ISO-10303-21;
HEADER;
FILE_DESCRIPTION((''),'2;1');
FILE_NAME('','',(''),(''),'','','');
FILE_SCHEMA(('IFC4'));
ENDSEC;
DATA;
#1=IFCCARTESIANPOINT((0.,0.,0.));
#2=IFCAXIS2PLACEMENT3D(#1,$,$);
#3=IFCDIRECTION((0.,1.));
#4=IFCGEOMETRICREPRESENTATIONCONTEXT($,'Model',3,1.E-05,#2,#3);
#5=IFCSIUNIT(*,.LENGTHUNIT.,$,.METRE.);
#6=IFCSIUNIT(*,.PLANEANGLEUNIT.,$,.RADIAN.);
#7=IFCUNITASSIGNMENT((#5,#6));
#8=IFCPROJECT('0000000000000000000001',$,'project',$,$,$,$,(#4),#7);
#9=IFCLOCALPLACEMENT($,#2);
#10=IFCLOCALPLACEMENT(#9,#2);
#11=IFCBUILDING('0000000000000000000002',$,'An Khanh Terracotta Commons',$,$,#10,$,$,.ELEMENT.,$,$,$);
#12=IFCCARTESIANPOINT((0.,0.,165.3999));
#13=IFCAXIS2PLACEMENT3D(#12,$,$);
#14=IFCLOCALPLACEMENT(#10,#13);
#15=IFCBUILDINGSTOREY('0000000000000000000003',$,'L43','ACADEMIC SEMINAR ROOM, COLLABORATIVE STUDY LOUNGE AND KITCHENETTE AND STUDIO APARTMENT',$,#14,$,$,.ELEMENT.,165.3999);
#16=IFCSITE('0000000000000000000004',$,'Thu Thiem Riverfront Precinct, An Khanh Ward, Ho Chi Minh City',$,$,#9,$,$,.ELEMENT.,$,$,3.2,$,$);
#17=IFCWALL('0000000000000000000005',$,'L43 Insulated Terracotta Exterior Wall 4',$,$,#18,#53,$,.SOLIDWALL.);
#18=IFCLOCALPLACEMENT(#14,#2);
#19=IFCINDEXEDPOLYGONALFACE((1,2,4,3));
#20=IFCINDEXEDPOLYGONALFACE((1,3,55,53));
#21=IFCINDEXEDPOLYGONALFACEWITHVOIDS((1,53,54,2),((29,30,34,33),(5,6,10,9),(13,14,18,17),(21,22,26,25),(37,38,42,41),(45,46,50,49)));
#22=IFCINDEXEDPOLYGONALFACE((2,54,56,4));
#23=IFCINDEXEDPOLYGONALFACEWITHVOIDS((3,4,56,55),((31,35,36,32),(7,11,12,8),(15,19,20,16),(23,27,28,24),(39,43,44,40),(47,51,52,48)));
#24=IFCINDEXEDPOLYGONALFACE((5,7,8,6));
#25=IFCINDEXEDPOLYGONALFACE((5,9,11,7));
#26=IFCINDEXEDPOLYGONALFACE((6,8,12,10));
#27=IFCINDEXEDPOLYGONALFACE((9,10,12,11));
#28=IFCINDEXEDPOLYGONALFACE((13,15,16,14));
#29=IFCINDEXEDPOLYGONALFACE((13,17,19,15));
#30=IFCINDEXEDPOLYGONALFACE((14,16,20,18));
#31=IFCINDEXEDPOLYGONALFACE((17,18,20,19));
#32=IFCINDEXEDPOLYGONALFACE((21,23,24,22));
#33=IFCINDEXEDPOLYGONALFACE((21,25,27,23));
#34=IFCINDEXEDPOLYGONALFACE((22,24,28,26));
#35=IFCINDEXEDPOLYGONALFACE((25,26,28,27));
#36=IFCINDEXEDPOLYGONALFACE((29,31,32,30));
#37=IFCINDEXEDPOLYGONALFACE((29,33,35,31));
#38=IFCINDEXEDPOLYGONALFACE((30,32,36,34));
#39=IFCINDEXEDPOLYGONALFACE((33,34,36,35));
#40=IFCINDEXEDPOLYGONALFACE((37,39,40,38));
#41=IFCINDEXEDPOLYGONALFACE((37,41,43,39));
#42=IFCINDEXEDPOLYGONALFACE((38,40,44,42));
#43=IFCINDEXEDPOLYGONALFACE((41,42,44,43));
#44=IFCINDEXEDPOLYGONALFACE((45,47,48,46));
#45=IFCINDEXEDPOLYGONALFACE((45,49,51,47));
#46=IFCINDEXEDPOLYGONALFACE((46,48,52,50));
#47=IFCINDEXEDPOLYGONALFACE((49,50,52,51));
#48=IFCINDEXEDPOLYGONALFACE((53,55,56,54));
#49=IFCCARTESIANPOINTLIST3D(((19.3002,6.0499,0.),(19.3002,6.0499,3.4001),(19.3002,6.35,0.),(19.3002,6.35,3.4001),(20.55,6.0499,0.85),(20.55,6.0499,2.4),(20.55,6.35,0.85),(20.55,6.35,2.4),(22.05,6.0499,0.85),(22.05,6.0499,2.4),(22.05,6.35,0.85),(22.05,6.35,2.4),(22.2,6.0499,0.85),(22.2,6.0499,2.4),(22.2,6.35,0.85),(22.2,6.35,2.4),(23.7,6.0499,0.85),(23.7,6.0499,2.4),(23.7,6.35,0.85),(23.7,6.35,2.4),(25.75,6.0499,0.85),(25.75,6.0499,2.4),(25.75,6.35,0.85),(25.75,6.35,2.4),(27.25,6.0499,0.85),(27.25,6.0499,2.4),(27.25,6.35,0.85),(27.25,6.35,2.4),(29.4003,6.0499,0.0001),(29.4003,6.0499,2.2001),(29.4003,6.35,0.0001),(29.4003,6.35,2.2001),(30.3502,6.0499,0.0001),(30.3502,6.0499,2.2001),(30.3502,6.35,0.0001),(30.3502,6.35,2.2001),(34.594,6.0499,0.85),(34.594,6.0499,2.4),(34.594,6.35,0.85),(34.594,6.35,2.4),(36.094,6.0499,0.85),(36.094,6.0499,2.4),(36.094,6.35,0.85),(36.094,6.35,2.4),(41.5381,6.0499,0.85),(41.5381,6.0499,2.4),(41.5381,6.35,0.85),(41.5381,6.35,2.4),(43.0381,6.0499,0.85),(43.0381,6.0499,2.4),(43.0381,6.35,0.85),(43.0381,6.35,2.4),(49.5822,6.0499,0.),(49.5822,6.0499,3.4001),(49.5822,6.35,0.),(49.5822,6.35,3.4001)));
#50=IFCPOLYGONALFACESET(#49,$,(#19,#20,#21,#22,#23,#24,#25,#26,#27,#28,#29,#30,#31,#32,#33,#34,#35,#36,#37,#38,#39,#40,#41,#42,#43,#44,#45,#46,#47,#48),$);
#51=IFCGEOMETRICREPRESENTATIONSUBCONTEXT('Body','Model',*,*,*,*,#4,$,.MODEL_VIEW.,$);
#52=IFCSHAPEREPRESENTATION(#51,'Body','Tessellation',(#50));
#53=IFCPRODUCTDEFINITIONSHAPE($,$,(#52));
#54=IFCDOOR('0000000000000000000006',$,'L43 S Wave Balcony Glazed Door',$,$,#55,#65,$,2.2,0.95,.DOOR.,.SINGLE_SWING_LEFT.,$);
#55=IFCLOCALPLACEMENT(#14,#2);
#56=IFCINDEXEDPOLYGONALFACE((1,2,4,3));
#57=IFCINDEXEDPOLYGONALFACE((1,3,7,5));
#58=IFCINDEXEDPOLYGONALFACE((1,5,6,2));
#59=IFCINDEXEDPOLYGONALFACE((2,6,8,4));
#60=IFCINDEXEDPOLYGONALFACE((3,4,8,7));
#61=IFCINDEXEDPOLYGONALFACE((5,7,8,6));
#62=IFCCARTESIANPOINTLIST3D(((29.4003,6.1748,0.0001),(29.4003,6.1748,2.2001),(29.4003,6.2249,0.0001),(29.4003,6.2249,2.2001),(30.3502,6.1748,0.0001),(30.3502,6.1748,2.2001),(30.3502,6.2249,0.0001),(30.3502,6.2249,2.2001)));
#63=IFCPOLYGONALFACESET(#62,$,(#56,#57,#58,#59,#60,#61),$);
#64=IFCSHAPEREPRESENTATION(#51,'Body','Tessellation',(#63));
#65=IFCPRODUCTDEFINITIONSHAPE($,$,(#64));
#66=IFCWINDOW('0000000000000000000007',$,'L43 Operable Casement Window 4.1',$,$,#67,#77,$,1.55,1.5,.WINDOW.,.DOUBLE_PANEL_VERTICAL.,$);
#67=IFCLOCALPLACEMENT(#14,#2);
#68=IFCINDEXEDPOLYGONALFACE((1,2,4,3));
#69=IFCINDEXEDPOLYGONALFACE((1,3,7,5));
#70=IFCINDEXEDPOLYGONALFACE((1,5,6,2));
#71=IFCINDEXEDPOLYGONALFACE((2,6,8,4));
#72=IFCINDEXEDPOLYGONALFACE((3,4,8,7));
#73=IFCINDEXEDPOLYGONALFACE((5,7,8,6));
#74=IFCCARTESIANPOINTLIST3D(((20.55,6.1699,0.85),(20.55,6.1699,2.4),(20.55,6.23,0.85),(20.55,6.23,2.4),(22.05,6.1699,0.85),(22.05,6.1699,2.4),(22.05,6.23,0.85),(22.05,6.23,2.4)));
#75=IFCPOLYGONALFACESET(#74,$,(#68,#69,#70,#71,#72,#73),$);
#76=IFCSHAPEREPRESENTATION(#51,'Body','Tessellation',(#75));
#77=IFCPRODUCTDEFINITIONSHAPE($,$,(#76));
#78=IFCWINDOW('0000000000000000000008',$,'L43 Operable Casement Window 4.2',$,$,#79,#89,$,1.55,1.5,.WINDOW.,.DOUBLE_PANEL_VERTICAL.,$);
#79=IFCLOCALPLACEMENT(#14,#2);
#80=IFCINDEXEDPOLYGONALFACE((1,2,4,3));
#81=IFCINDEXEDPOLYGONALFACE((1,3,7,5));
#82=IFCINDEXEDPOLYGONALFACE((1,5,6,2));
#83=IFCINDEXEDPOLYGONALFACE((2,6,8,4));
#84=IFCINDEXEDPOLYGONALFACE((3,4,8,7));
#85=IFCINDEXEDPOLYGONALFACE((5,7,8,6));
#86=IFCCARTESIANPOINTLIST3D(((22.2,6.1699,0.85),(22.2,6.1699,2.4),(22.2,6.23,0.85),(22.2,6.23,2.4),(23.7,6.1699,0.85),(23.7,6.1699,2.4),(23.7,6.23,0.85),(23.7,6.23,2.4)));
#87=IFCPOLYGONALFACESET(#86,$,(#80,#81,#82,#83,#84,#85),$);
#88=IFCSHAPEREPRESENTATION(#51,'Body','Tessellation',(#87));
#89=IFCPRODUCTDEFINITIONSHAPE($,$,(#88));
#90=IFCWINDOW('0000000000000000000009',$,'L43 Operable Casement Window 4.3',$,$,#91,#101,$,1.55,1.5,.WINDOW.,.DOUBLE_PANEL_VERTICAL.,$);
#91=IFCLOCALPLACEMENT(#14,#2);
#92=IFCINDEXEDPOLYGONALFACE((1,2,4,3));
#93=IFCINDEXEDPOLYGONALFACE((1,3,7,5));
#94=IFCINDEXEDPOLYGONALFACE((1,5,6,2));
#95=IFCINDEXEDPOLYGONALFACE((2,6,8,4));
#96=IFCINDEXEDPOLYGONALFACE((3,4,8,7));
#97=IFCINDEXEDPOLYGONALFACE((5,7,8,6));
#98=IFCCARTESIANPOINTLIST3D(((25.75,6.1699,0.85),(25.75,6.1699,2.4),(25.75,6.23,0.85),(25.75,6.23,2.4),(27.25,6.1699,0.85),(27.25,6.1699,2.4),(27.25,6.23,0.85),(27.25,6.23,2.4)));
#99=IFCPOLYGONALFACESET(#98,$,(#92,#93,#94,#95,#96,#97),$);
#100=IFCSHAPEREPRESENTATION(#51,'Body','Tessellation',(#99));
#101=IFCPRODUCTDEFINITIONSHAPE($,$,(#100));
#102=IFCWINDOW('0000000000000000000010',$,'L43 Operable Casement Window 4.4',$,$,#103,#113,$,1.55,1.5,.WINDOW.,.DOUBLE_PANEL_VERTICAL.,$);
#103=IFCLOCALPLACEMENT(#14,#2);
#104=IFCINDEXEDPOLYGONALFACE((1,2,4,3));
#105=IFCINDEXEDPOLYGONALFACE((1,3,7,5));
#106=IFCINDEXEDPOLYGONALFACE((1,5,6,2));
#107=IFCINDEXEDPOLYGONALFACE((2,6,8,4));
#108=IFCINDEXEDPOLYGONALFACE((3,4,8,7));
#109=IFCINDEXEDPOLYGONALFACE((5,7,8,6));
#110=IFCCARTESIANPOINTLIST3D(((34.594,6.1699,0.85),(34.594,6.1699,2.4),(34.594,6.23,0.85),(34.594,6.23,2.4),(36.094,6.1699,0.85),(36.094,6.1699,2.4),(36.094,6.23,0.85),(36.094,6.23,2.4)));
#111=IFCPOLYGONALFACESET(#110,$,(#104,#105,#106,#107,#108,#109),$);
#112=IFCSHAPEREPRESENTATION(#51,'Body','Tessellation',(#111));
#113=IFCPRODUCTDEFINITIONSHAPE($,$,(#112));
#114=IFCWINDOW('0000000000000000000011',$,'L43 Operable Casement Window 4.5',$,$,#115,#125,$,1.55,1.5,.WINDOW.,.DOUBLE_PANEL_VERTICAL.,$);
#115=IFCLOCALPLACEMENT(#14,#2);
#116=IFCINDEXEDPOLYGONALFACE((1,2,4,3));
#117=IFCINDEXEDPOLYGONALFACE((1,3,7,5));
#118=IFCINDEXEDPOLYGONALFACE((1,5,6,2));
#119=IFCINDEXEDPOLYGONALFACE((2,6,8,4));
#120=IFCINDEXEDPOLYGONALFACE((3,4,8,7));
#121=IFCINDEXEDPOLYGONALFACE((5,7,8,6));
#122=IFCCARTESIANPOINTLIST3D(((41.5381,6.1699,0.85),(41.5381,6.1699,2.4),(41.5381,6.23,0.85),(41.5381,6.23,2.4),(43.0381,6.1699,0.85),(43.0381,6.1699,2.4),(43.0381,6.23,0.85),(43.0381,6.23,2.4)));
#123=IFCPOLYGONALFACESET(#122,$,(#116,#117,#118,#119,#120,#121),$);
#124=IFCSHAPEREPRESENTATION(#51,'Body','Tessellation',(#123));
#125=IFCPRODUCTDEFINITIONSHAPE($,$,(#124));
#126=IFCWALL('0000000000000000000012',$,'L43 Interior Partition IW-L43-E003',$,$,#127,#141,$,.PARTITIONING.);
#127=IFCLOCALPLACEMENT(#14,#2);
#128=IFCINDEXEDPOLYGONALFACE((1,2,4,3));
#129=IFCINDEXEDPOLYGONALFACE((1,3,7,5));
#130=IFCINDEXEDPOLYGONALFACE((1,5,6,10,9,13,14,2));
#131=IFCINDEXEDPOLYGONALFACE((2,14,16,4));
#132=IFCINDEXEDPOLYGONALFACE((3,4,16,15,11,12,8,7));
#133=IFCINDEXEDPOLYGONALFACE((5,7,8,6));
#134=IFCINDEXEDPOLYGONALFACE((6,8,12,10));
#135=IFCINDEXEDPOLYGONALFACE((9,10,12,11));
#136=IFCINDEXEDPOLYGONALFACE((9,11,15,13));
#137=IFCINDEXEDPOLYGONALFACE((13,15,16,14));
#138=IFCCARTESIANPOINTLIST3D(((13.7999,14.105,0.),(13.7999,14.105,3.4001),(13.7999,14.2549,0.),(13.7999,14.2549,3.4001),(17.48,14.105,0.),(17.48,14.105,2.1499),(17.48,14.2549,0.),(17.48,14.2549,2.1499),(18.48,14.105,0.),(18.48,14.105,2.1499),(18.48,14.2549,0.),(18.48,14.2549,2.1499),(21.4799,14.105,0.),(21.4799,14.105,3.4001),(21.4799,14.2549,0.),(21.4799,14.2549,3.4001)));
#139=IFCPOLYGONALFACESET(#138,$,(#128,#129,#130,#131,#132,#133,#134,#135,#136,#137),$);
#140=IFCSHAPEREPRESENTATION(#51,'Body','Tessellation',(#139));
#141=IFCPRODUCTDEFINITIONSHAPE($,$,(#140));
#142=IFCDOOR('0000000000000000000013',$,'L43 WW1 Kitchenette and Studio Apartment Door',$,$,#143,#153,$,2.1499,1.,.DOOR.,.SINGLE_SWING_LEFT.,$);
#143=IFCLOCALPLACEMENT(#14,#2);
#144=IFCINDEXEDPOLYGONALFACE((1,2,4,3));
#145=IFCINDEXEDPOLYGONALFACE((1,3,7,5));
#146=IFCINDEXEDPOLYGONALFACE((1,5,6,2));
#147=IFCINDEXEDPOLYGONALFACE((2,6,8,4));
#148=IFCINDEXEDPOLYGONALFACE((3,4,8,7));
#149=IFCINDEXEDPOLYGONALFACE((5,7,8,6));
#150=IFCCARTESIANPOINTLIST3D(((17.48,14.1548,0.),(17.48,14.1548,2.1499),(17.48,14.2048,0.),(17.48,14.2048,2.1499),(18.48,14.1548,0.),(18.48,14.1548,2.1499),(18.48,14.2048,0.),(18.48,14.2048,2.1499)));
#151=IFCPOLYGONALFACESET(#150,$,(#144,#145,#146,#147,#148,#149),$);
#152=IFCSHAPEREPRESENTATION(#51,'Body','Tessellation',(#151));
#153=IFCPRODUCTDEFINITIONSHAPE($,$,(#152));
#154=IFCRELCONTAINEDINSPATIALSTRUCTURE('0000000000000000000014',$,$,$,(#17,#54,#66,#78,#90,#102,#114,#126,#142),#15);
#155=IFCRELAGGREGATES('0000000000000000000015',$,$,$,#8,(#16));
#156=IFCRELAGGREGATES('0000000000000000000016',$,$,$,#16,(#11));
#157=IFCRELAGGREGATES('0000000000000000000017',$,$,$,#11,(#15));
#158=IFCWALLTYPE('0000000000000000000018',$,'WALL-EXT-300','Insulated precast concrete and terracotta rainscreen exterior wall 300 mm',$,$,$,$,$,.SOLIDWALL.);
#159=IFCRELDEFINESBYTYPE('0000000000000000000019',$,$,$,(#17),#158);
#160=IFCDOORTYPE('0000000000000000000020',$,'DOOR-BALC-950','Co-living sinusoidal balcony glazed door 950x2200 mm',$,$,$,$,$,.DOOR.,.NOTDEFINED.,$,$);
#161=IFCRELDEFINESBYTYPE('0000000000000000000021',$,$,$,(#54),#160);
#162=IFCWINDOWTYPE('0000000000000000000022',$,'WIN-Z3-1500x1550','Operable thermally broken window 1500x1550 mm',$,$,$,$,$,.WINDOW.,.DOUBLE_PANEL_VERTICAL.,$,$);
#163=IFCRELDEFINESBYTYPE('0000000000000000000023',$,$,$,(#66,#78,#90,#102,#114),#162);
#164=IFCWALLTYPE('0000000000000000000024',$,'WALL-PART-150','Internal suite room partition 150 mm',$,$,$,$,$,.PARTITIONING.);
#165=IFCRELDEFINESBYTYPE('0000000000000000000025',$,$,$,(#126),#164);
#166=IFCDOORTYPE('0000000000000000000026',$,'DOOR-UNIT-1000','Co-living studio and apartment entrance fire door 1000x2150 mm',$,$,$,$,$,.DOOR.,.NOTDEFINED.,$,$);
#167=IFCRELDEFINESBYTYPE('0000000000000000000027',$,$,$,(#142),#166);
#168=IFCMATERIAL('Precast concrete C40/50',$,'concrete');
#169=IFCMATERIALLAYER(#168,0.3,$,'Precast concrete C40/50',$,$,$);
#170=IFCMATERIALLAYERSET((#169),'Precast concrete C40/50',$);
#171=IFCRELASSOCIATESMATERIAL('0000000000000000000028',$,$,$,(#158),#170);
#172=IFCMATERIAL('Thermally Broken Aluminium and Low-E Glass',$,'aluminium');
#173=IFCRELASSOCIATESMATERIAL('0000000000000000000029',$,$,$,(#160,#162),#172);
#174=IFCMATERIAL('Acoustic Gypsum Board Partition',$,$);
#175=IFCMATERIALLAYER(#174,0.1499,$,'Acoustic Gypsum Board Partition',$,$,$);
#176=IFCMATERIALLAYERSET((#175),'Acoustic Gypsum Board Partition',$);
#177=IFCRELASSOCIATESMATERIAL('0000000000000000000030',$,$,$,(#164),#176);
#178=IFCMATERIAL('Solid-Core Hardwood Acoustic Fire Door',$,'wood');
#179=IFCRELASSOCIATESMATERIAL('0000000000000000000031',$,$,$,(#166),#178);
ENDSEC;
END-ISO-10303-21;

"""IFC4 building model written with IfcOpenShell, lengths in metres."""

from ifc_helpers import new_model, si_unit, direction, frame, frame_2d, origin, place, context, subcontext, project, spatial, rectangle, extrude, material, layer, layer_set, type_object, element, fill, save


model = new_model("IFC4")

# Units and contexts
model_context = context("Model", 3, precision=1e-05, world=origin(), true_north=direction((0.0, 1.0)))
body_context = subcontext(model_context, "Body", "Model", "MODEL_VIEW")
ifc_project = project(units=[si_unit("LENGTHUNIT", "METRE"), si_unit("PLANEANGLEUNIT", "RADIAN")], contexts=[model_context])

# Site, building, storey
site_placement = place(None, origin())
site = spatial("IfcSite", under=ifc_project, at=site_placement, Name="Thu Thiem Riverfront Precinct, An Khanh Ward, Ho Chi Minh City", CompositionType="ELEMENT", RefElevation=3.2)
building_placement = place(site_placement, origin())
building = spatial("IfcBuilding", under=site, at=building_placement, Name="An Khanh Terracotta Commons", CompositionType="ELEMENT")
storey_placement = place(building_placement, frame((0.0, 0.0, 165.3999)))
storey = spatial("IfcBuildingStorey", under=building, at=storey_placement, Name="L43", Description="ACADEMIC SEMINAR ROOM, COLLABORATIVE STUDY LOUNGE AND KITCHENETTE AND STUDIO APARTMENT", CompositionType="ELEMENT", Elevation=165.3999)

# Shared definitions
ifc_material_1 = material(Name="Precast concrete C40/50", Category="concrete")
ifc_layer_1 = layer(ifc_material_1, 0.3, Name="Precast concrete C40/50")
ifc_layer_set_1 = layer_set([ifc_layer_1], Name="Precast concrete C40/50")
wall_type_1 = type_object("IfcWallType", Name="WALL-EXT-300", Description="Insulated precast concrete and terracotta rainscreen exterior wall 300 mm", PredefinedType="SOLIDWALL", material=ifc_layer_set_1)

# Wall, openings, door, windows
wall_1_placement = place(storey_placement, frame((19.3, 6.2, 0.0), z_axis=(0.0, 0.0, 1.0), x_axis=(1.0, 0.0, 0.0)))
wall_1 = element("IfcWall", 1, at=wall_1_placement, inside=storey, type_object=wall_type_1, Name="L43 Insulated Terracotta Exterior Wall 4", PredefinedType="SOLIDWALL", context=body_context, shape_type="SweptSolid", body=[
    extrude(rectangle(XDim=30.282, YDim=0.3, at=frame_2d((15.1411, 0.0))), origin(), (0.0, 0.0, 1.0), 3.4001),
])
opening_1_placement = place(wall_1_placement, frame((10.1001, 0.0, 0.0)))
opening_1 = element("IfcOpeningElement", 2, at=opening_1_placement, cuts=wall_1, PredefinedType="OPENING", context=body_context, shape_type="SweptSolid", body=[
    extrude(rectangle(XDim=0.95, YDim=2.2, at=frame_2d((0.4751, 1.1001))), frame((0.0, 0.1599, 0.0), z_axis=(0.0, -1.0, 0.0), x_axis=(1.0, 0.0, 0.0)), (0.0, 0.0, 1.0), 0.3201),
])
opening_2_placement = place(wall_1_placement, frame((1.25, 0.0, 0.8501)))
opening_2 = element("IfcOpeningElement", 3, at=opening_2_placement, cuts=wall_1, PredefinedType="OPENING", context=body_context, shape_type="SweptSolid", body=[
    extrude(rectangle(XDim=1.5, YDim=1.55, at=frame_2d((0.75, 0.7749))), frame((0.0, 0.1599, 0.0), z_axis=(0.0, -1.0, 0.0), x_axis=(1.0, 0.0, 0.0)), (0.0, 0.0, 1.0), 0.3201),
])
opening_3_placement = place(wall_1_placement, frame((2.8999, 0.0, 0.8501)))
opening_3 = element("IfcOpeningElement", 4, at=opening_3_placement, cuts=wall_1, PredefinedType="OPENING", context=body_context, shape_type="SweptSolid", body=[
    extrude(rectangle(XDim=1.5, YDim=1.55, at=frame_2d((0.75, 0.7749))), frame((0.0, 0.1599, 0.0), z_axis=(0.0, -1.0, 0.0), x_axis=(1.0, 0.0, 0.0)), (0.0, 0.0, 1.0), 0.3201),
])
opening_4_placement = place(wall_1_placement, frame((6.45, 0.0, 0.8501)))
opening_4 = element("IfcOpeningElement", 5, at=opening_4_placement, cuts=wall_1, PredefinedType="OPENING", context=body_context, shape_type="SweptSolid", body=[
    extrude(rectangle(XDim=1.5, YDim=1.55, at=frame_2d((0.75, 0.7749))), frame((0.0, 0.1599, 0.0), z_axis=(0.0, -1.0, 0.0), x_axis=(1.0, 0.0, 0.0)), (0.0, 0.0, 1.0), 0.3201),
])
opening_5_placement = place(wall_1_placement, frame((15.2939, 0.0, 0.8501)))
opening_5 = element("IfcOpeningElement", 6, at=opening_5_placement, cuts=wall_1, PredefinedType="OPENING", context=body_context, shape_type="SweptSolid", body=[
    extrude(rectangle(XDim=1.5, YDim=1.55, at=frame_2d((0.75, 0.7749))), frame((0.0, 0.1599, 0.0), z_axis=(0.0, -1.0, 0.0), x_axis=(1.0, 0.0, 0.0)), (0.0, 0.0, 1.0), 0.3201),
])
opening_6_placement = place(wall_1_placement, frame((22.238, 0.0, 0.8501)))
opening_6 = element("IfcOpeningElement", 7, at=opening_6_placement, cuts=wall_1, PredefinedType="OPENING", context=body_context, shape_type="SweptSolid", body=[
    extrude(rectangle(XDim=1.5, YDim=1.55, at=frame_2d((0.75, 0.7749))), frame((0.0, 0.1599, 0.0), z_axis=(0.0, -1.0, 0.0), x_axis=(1.0, 0.0, 0.0)), (0.0, 0.0, 1.0), 0.3201),
])
ifc_material_2 = material(Name="Thermally Broken Aluminium and Low-E Glass", Category="aluminium")
door_type_1 = type_object("IfcDoorType", Name="DOOR-BALC-950", Description="Co-living sinusoidal balcony glazed door 950x2200 mm", OperationType="NOTDEFINED", PredefinedType="DOOR", material=ifc_material_2)
door_1_placement = place(opening_1_placement, origin())
door_1 = element("IfcDoor", 8, at=door_1_placement, inside=storey, type_object=door_type_1, Name="L43 S Wave Balcony Glazed Door", OperationType="SINGLE_SWING_LEFT", OverallHeight=2.2, OverallWidth=0.95, PredefinedType="DOOR", context=body_context, shape_type="SweptSolid", body=[
    extrude(rectangle(XDim=0.95, YDim=2.2, at=frame_2d((0.4751, 1.1001))), frame((0.0, 0.0249, 0.0), z_axis=(0.0, -1.0, 0.0), x_axis=(1.0, 0.0, 0.0)), (0.0, 0.0, 1.0), 0.05),
])
fill(opening_1, door_1)
window_type = type_object("IfcWindowType", Name="WIN-Z3-1500x1550", Description="Operable thermally broken window 1500x1550 mm", PartitioningType="DOUBLE_PANEL_VERTICAL", PredefinedType="WINDOW", material=ifc_material_2)
window_1_placement = place(opening_2_placement, origin())
window_1 = element("IfcWindow", 9, at=window_1_placement, inside=storey, type_object=window_type, Name="L43 Operable Casement Window 4.1", OverallHeight=1.55, OverallWidth=1.5, PartitioningType="DOUBLE_PANEL_VERTICAL", PredefinedType="WINDOW", context=body_context, shape_type="SweptSolid", body=[
    extrude(rectangle(XDim=1.5, YDim=1.55, at=frame_2d((0.75, 0.7749))), frame((0.0, 0.03, 0.0), z_axis=(0.0, -1.0, 0.0), x_axis=(1.0, 0.0, 0.0)), (0.0, 0.0, 1.0), 0.0601),
])
fill(opening_2, window_1)
window_2_placement = place(opening_3_placement, origin())
window_2 = element("IfcWindow", 10, at=window_2_placement, inside=storey, type_object=window_type, Name="L43 Operable Casement Window 4.2", OverallHeight=1.55, OverallWidth=1.5, PartitioningType="DOUBLE_PANEL_VERTICAL", PredefinedType="WINDOW", context=body_context, shape_type="SweptSolid", body=[
    extrude(rectangle(XDim=1.5, YDim=1.55, at=frame_2d((0.75, 0.7749))), frame((0.0, 0.03, 0.0), z_axis=(0.0, -1.0, 0.0), x_axis=(1.0, 0.0, 0.0)), (0.0, 0.0, 1.0), 0.0601),
])
fill(opening_3, window_2)
window_3_placement = place(opening_4_placement, origin())
window_3 = element("IfcWindow", 11, at=window_3_placement, inside=storey, type_object=window_type, Name="L43 Operable Casement Window 4.3", OverallHeight=1.55, OverallWidth=1.5, PartitioningType="DOUBLE_PANEL_VERTICAL", PredefinedType="WINDOW", context=body_context, shape_type="SweptSolid", body=[
    extrude(rectangle(XDim=1.5, YDim=1.55, at=frame_2d((0.75, 0.7749))), frame((0.0, 0.03, 0.0), z_axis=(0.0, -1.0, 0.0), x_axis=(1.0, 0.0, 0.0)), (0.0, 0.0, 1.0), 0.0601),
])
fill(opening_4, window_3)
window_4_placement = place(opening_5_placement, origin())
window_4 = element("IfcWindow", 12, at=window_4_placement, inside=storey, type_object=window_type, Name="L43 Operable Casement Window 4.4", OverallHeight=1.55, OverallWidth=1.5, PartitioningType="DOUBLE_PANEL_VERTICAL", PredefinedType="WINDOW", context=body_context, shape_type="SweptSolid", body=[
    extrude(rectangle(XDim=1.5, YDim=1.55, at=frame_2d((0.75, 0.7749))), frame((0.0, 0.03, 0.0), z_axis=(0.0, -1.0, 0.0), x_axis=(1.0, 0.0, 0.0)), (0.0, 0.0, 1.0), 0.0601),
])
fill(opening_5, window_4)
window_5_placement = place(opening_6_placement, origin())
window_5 = element("IfcWindow", 13, at=window_5_placement, inside=storey, type_object=window_type, Name="L43 Operable Casement Window 4.5", OverallHeight=1.55, OverallWidth=1.5, PartitioningType="DOUBLE_PANEL_VERTICAL", PredefinedType="WINDOW", context=body_context, shape_type="SweptSolid", body=[
    extrude(rectangle(XDim=1.5, YDim=1.55, at=frame_2d((0.75, 0.7749))), frame((0.0, 0.03, 0.0), z_axis=(0.0, -1.0, 0.0), x_axis=(1.0, 0.0, 0.0)), (0.0, 0.0, 1.0), 0.0601),
])
fill(opening_6, window_5)

# Wall, opening, door
ifc_material_3 = material(Name="Acoustic Gypsum Board Partition")
ifc_layer_2 = layer(ifc_material_3, 0.1499, Name="Acoustic Gypsum Board Partition")
ifc_layer_set_2 = layer_set([ifc_layer_2], Name="Acoustic Gypsum Board Partition")
wall_type_2 = type_object("IfcWallType", Name="WALL-PART-150", Description="Internal suite room partition 150 mm", PredefinedType="PARTITIONING", material=ifc_layer_set_2)
wall_2_placement = place(storey_placement, frame((13.8, 14.1799, 0.0), z_axis=(0.0, 0.0, 1.0), x_axis=(1.0, 0.0, 0.0)))
wall_2 = element("IfcWall", 14, at=wall_2_placement, inside=storey, type_object=wall_type_2, Name="L43 Interior Partition IW-L43-E003", PredefinedType="PARTITIONING", context=body_context, shape_type="SweptSolid", body=[
    extrude(rectangle(XDim=7.6799, YDim=0.1499, at=frame_2d((3.8398, 0.0))), origin(), (0.0, 0.0, 1.0), 3.4001),
])
opening_7_placement = place(wall_2_placement, frame((3.6799, 0.0, 0.0)))
opening_7 = element("IfcOpeningElement", 15, at=opening_7_placement, cuts=wall_2, PredefinedType="OPENING", context=body_context, shape_type="SweptSolid", body=[
    extrude(rectangle(XDim=1.0, YDim=2.1499, at=frame_2d((0.5, 1.075))), frame((0.0, 0.085, 0.0), z_axis=(0.0, -1.0, 0.0), x_axis=(1.0, 0.0, 0.0)), (0.0, 0.0, 1.0), 0.1699),
])
ifc_material_4 = material(Name="Solid-Core Hardwood Acoustic Fire Door", Category="wood")
door_type_2 = type_object("IfcDoorType", Name="DOOR-UNIT-1000", Description="Co-living studio and apartment entrance fire door 1000x2150 mm", OperationType="NOTDEFINED", PredefinedType="DOOR", material=ifc_material_4)
door_2_placement = place(opening_7_placement, origin())
door_2 = element("IfcDoor", 16, at=door_2_placement, inside=storey, type_object=door_type_2, Name="L43 WW1 Kitchenette and Studio Apartment Door", OperationType="SINGLE_SWING_LEFT", OverallHeight=2.1499, OverallWidth=1.0, PredefinedType="DOOR", context=body_context, shape_type="SweptSolid", body=[
    extrude(rectangle(XDim=1.0, YDim=2.1499, at=frame_2d((0.5, 1.075))), frame((0.0, 0.0249, 0.0), z_axis=(0.0, -1.0, 0.0), x_axis=(1.0, 0.0, 0.0)), (0.0, 0.0, 1.0), 0.05),
])
fill(opening_7, door_2)

save(model, "model.ifc")
